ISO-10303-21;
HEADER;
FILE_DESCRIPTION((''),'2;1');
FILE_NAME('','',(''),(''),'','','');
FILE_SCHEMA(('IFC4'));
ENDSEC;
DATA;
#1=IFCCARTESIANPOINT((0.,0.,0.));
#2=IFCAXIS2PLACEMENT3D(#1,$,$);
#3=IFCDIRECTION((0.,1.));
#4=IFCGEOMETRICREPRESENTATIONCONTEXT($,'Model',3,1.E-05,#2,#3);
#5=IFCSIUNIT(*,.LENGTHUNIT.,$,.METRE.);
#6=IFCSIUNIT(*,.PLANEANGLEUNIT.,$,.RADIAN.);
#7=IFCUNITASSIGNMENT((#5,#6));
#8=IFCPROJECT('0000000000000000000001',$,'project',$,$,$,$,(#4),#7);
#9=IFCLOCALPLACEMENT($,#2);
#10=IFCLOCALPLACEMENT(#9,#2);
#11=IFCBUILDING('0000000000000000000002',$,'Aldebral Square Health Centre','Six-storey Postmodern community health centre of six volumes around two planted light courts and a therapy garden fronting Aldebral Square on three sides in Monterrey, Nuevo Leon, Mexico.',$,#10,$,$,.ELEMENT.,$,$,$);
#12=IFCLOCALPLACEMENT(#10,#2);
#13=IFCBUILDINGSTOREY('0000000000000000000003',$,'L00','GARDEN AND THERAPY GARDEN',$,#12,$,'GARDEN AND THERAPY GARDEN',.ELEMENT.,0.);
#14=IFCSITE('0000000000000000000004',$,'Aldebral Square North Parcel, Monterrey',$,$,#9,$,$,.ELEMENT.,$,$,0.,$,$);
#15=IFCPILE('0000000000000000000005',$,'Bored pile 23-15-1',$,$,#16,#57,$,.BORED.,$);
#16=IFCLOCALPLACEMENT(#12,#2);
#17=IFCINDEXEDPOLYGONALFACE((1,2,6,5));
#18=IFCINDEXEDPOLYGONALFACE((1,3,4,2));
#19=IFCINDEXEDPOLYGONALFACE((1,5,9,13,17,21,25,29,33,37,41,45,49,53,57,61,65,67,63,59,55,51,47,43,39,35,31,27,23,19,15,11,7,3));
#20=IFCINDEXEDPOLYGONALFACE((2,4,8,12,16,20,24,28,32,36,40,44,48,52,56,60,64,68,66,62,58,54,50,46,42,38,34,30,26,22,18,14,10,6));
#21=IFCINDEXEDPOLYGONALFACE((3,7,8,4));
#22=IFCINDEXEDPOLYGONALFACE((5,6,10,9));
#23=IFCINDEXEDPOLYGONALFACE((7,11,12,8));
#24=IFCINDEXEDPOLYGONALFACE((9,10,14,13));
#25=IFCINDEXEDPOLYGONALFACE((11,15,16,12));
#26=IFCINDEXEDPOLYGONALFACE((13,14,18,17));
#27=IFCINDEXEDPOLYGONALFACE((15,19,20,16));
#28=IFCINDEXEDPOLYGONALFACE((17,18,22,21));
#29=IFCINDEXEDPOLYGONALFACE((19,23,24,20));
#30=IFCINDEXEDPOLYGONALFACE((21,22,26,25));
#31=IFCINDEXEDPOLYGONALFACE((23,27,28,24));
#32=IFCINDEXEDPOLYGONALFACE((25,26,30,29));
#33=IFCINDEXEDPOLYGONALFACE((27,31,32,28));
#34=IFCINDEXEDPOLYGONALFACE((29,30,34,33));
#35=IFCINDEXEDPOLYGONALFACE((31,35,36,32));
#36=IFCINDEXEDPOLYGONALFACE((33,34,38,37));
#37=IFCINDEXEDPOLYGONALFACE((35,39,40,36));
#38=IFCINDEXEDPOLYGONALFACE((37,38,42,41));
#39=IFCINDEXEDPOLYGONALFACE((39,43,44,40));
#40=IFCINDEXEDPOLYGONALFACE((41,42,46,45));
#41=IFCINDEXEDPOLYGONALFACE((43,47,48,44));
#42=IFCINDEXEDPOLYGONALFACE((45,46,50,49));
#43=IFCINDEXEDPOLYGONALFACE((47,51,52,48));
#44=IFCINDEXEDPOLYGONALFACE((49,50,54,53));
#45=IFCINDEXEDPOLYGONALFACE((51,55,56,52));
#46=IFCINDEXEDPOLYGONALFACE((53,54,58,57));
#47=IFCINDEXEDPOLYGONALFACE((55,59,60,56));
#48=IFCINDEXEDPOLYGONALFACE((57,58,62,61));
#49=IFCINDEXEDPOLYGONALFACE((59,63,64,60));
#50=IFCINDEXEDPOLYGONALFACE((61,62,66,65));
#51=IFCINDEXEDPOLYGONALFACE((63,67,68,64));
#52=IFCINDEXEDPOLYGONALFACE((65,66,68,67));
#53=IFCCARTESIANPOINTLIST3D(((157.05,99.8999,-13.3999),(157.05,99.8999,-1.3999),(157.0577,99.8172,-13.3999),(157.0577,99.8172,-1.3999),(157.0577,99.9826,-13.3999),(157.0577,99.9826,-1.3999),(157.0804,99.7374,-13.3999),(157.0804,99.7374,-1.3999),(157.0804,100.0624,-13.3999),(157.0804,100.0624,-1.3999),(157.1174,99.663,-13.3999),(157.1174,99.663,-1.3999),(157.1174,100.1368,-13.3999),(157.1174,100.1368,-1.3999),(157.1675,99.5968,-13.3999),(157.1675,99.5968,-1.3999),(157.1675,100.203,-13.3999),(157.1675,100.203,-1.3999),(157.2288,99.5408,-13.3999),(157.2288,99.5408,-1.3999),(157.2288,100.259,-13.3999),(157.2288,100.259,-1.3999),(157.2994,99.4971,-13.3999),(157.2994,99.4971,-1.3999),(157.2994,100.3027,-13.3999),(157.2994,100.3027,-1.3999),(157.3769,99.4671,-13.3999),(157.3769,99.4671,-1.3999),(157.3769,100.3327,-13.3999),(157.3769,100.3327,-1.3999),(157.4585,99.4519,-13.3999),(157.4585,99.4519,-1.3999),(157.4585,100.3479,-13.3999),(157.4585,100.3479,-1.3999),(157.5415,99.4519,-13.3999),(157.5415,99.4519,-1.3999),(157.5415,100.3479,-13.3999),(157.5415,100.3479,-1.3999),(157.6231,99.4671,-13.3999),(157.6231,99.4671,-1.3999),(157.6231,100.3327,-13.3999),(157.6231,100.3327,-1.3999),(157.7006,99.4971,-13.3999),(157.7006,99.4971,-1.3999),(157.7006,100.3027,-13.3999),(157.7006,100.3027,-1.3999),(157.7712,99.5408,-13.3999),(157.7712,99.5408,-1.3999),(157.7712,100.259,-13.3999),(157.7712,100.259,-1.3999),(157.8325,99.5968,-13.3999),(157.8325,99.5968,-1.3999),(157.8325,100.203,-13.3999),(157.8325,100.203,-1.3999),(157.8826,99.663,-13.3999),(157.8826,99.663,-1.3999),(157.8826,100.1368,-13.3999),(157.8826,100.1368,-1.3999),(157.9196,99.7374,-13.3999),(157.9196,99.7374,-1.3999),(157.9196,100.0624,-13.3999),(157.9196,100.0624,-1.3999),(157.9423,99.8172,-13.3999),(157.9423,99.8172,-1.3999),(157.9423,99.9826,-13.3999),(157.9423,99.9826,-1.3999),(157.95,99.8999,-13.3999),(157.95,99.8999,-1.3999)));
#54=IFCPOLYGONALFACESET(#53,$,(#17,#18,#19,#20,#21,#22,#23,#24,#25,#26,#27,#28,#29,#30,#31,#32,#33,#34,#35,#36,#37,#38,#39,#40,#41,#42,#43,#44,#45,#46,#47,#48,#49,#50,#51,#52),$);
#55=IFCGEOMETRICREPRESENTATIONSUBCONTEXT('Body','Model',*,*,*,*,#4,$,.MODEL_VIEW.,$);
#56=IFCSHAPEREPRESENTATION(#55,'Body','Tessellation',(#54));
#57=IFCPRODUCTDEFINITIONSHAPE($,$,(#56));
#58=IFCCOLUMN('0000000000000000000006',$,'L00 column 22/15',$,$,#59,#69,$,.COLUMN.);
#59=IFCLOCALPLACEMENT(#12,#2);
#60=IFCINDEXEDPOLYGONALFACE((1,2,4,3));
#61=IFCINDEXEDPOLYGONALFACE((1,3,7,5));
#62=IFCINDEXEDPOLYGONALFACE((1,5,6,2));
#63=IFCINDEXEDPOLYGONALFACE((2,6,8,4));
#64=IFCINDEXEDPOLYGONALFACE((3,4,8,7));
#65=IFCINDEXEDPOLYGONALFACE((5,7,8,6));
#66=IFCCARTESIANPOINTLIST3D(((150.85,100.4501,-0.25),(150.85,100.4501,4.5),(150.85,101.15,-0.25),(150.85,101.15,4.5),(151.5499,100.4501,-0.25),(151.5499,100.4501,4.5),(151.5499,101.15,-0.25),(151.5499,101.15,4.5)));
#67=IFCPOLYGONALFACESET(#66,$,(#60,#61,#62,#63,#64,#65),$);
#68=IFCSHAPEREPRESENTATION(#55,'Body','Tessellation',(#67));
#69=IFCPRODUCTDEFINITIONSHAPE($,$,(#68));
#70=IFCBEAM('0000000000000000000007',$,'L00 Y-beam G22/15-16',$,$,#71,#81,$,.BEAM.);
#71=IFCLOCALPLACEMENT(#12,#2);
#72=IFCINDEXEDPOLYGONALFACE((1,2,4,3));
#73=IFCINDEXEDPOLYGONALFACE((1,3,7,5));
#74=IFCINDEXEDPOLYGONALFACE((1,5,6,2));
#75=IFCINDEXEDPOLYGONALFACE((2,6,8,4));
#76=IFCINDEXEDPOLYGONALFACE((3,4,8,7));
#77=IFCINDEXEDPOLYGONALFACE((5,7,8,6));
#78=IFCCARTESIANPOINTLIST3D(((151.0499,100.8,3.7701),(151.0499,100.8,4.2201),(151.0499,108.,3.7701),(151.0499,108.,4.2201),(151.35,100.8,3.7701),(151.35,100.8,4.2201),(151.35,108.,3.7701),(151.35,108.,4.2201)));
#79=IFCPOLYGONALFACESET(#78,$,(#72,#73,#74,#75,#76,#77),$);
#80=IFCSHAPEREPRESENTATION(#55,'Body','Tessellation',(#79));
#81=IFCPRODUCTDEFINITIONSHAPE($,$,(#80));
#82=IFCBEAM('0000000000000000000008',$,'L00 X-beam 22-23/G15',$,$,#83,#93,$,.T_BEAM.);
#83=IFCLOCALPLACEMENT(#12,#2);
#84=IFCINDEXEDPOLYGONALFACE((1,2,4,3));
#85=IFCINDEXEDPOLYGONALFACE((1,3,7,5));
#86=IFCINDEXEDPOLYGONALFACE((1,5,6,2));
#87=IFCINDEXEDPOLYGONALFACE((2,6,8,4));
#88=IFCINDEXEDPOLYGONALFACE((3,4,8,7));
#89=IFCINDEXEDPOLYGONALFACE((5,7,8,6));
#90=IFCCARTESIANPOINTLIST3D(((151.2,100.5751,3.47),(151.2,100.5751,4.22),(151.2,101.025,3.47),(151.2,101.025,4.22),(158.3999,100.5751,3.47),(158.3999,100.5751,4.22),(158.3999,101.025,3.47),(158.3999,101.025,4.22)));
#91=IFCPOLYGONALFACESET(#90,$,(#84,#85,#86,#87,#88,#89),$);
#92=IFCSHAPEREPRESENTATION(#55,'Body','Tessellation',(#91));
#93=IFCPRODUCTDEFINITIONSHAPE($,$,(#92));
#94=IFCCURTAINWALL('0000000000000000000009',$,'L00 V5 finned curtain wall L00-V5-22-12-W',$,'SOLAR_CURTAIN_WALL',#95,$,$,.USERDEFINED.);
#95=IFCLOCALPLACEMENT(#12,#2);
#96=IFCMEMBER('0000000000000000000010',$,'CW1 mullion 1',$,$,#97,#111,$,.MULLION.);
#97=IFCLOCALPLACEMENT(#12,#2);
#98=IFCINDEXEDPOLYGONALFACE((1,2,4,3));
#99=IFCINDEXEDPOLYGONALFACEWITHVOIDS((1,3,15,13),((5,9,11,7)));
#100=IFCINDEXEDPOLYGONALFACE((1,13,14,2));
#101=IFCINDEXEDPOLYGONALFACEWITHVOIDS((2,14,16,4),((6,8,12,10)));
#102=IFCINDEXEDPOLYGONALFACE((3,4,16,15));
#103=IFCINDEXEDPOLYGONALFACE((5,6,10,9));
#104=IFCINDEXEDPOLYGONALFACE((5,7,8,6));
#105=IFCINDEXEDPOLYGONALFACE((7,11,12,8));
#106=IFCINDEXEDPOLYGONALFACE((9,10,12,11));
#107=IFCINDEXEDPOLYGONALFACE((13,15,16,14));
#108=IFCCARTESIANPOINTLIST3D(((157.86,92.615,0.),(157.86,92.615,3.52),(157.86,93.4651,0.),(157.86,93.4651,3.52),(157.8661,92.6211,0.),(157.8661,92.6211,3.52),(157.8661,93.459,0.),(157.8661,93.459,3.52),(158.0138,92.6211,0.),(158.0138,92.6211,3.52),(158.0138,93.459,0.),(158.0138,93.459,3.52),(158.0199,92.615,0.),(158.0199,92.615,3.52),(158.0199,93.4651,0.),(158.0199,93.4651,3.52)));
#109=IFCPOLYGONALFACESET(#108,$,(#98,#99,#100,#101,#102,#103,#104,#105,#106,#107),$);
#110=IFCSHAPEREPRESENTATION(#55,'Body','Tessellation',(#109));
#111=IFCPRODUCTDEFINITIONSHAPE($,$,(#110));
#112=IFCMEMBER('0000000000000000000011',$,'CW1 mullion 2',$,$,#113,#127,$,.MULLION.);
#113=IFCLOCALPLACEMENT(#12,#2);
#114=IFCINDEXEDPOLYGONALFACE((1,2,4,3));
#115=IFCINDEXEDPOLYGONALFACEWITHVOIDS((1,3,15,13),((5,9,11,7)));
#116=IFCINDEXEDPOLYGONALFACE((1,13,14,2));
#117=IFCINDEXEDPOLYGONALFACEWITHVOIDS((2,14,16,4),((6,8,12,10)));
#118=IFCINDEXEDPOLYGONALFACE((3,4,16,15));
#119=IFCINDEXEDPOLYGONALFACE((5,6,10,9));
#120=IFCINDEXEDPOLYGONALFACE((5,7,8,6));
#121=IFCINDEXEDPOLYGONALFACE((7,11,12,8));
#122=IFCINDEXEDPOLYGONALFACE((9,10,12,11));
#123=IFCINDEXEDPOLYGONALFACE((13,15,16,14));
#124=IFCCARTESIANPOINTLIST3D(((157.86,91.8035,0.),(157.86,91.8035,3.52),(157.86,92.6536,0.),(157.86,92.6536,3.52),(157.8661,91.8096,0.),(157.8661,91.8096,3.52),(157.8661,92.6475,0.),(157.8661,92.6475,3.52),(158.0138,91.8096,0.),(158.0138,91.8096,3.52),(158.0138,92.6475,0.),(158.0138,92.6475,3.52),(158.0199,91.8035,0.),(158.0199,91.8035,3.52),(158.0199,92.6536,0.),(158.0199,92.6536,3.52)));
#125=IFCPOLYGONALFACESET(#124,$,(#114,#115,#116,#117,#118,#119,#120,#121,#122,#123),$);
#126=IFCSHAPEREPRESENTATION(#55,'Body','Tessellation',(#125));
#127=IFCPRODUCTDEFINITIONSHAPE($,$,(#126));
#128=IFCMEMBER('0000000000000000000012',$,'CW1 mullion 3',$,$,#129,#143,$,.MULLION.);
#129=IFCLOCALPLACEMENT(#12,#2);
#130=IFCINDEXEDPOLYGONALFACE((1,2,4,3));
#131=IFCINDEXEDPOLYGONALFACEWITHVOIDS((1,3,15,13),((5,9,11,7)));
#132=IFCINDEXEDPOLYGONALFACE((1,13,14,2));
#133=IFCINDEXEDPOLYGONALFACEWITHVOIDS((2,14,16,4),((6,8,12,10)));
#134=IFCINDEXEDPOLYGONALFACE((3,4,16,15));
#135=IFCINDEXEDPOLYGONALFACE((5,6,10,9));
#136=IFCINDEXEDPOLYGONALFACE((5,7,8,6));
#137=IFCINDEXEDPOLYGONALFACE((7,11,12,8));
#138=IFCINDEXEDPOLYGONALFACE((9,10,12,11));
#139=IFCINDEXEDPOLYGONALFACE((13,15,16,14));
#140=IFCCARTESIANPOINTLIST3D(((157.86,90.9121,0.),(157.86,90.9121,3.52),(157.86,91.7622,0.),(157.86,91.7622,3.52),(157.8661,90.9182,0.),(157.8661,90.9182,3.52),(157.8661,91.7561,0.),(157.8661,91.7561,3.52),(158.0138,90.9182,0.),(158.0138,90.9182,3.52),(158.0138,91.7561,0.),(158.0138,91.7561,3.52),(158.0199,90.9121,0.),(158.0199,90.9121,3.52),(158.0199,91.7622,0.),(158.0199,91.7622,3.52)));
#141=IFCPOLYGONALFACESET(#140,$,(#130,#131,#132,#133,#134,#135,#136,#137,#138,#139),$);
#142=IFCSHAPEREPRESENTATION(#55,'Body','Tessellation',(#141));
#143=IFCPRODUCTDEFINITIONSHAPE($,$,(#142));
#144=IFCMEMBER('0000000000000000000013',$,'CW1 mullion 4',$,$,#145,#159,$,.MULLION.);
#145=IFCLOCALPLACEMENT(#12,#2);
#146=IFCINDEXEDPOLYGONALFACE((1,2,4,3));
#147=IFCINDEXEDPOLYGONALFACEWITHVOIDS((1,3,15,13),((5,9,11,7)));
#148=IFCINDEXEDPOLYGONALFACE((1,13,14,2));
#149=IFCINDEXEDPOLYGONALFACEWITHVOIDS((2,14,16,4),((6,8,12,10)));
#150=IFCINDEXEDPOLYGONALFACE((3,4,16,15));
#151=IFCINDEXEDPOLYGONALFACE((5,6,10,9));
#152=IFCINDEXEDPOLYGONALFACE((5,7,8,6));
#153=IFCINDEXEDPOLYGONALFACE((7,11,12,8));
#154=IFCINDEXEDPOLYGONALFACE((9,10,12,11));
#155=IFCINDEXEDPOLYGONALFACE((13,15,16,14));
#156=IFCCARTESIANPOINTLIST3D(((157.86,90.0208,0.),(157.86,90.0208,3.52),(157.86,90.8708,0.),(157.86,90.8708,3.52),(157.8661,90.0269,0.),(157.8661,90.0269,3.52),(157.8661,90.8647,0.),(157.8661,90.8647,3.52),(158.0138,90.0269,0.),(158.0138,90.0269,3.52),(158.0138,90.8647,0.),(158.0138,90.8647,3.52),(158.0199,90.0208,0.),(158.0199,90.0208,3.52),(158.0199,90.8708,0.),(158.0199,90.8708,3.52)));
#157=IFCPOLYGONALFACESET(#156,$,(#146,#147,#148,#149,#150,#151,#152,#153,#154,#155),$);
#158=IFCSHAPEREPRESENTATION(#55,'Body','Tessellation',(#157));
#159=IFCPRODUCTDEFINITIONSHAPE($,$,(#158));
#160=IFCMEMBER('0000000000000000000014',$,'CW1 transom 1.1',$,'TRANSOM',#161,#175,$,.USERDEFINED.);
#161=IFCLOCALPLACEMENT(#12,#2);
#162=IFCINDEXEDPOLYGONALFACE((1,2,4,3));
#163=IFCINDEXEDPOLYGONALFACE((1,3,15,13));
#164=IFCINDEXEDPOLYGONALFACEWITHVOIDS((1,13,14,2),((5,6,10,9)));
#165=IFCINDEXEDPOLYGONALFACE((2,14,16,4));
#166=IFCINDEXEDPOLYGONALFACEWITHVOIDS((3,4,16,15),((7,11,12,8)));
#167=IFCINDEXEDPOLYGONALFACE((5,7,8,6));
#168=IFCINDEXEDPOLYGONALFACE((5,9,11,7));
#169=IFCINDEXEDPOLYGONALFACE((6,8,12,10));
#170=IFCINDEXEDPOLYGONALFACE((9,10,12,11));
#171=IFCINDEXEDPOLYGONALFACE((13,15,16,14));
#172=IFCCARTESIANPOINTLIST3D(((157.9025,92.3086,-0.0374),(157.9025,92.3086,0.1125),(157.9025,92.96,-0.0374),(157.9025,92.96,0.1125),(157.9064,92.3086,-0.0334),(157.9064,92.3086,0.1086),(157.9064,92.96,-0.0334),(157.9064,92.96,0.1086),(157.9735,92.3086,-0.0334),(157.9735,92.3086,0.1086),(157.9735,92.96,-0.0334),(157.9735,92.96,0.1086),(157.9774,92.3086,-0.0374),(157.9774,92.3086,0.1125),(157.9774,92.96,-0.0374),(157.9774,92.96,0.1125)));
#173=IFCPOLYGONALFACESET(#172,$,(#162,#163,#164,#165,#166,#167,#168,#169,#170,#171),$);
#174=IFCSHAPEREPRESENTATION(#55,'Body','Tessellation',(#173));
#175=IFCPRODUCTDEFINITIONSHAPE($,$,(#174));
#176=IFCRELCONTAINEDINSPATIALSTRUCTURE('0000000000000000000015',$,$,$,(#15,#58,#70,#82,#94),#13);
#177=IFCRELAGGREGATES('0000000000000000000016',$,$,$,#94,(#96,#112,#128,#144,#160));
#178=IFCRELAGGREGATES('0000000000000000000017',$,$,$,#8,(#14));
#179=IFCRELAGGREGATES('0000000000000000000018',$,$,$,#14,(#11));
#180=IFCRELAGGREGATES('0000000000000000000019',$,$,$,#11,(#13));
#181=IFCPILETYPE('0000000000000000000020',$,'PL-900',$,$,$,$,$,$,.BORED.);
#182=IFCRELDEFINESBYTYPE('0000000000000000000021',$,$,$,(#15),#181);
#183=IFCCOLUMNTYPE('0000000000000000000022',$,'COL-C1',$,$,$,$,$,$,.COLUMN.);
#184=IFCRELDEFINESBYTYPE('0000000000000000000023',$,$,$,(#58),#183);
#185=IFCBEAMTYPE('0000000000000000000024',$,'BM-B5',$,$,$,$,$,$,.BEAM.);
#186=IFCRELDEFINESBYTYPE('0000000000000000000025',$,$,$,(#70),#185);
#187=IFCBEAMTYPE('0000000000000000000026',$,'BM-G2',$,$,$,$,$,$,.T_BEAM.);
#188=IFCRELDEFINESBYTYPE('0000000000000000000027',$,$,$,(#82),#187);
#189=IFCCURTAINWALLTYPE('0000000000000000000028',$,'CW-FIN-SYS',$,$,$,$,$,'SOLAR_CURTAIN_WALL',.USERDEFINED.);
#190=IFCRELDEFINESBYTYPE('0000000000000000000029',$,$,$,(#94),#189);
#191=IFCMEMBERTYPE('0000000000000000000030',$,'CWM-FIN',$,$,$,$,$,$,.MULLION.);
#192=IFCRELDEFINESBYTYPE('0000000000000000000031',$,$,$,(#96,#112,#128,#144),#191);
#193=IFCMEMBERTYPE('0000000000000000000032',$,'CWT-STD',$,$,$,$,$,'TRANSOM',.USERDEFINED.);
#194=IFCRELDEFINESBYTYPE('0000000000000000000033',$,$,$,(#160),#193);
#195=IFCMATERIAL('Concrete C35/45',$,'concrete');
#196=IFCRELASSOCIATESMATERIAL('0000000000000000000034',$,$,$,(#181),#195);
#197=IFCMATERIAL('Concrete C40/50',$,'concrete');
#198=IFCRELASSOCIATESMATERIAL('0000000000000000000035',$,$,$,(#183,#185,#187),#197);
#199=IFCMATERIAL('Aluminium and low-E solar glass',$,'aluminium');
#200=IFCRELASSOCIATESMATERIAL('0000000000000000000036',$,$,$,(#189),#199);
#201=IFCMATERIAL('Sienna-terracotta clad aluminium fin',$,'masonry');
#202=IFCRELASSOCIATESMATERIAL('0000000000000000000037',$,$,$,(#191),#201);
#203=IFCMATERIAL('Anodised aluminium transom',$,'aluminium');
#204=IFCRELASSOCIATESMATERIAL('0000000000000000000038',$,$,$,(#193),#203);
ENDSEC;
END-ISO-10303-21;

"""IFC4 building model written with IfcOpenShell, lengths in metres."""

from ifc_helpers import new_model, si_unit, direction, frame, origin, origin_2d, place, context, subcontext, project, spatial, rectangle, hollow_rectangle, circle, extrude, material, material_profile, profile_set, type_object, element, aggregate, save


model = new_model("IFC4")

# Units and contexts
model_context = context("Model", 3, precision=1e-05, world=origin(), true_north=direction((0.0, 1.0)))
body_context = subcontext(model_context, "Body", "Model", "MODEL_VIEW")
ifc_project = project(units=[si_unit("LENGTHUNIT", "METRE"), si_unit("PLANEANGLEUNIT", "RADIAN")], contexts=[model_context])

# Site, building, storey
site_placement = place(None, origin())
site = spatial("IfcSite", under=ifc_project, at=site_placement, Name="Aldebral Square North Parcel, Monterrey", CompositionType="ELEMENT", RefElevation=0.0)
building_placement = place(site_placement, origin())
building = spatial("IfcBuilding", under=site, at=building_placement, Name="Aldebral Square Health Centre", Description="Six-storey Postmodern community health centre of six volumes around two planted light courts and a therapy garden fronting Aldebral Square on three sides in Monterrey, Nuevo Leon, Mexico.", CompositionType="ELEMENT")
storey_placement = place(building_placement, origin())
storey = spatial("IfcBuildingStorey", under=building, at=storey_placement, Name="L00", Description="GARDEN AND THERAPY GARDEN", LongName="GARDEN AND THERAPY GARDEN", CompositionType="ELEMENT", Elevation=0.0)

# Shared definitions
ifc_material_1 = material(Name="Concrete C35/45", Category="concrete")

# Pile
ifc_material_profile_1 = material_profile(ifc_material_1, circle(Radius=0.45, at=origin_2d()), Name="PILE D900")
ifc_profile_set_1 = profile_set([ifc_material_profile_1], Name="Concrete C35/45")
pile_type = type_object("IfcPileType", Name="PL-900", PredefinedType="BORED", material=ifc_profile_set_1)
for number, where, z_axis, x_axis, name in (
    (1, (157.5, 99.8999, -1.3999), (0.0, 0.0, -1.0), (1.0, 0.0, 0.0), "Bored pile 23-15-1"),
):
    element("IfcPile", number, at=place(storey_placement, frame(where, z_axis=z_axis, x_axis=x_axis)), inside=storey, type_object=pile_type, Name=name, PredefinedType="BORED", context=body_context, shape_type="SweptSolid", body=[
        extrude(circle(Radius=0.45, at=origin_2d()), origin(), (0.0, 0.0, 1.0), 12.0),
    ])

# Column
ifc_material_2 = material(Name="Concrete C40/50", Category="concrete")
ifc_material_profile_2 = material_profile(ifc_material_2, rectangle(XDim=0.7, YDim=0.7, at=origin_2d()), Name="RC 700x700")
ifc_profile_set_2 = profile_set([ifc_material_profile_2], Name="Concrete C40/50")
column_type = type_object("IfcColumnType", Name="COL-C1", PredefinedType="COLUMN", material=ifc_profile_set_2)
column_placement = place(storey_placement, frame((151.2, 100.8, -0.25), z_axis=(0.0, 0.0, 1.0), x_axis=(1.0, 0.0, 0.0)))
element("IfcColumn", 2, at=column_placement, inside=storey, type_object=column_type, Name="L00 column 22/15", PredefinedType="COLUMN", context=body_context, shape_type="SweptSolid", body=[
    extrude(rectangle(XDim=0.7, YDim=0.7, at=origin_2d()), origin(), (0.0, 0.0, 1.0), 4.75),
])

# Beams
ifc_material_profile_3 = material_profile(ifc_material_2, rectangle(XDim=0.3, YDim=0.45, at=origin_2d()), Name="RC 300x450")
ifc_profile_set_3 = profile_set([ifc_material_profile_3], Name="Concrete C40/50")
beam_type_1 = type_object("IfcBeamType", Name="BM-B5", PredefinedType="BEAM", material=ifc_profile_set_3)
beam_1_placement = place(storey_placement, frame((151.2, 100.8, 3.9951), z_axis=(0.0, 1.0, 0.0), x_axis=(-1.0, 0.0, 0.0)))
element("IfcBeam", 3, at=beam_1_placement, inside=storey, type_object=beam_type_1, Name="L00 Y-beam G22/15-16", PredefinedType="BEAM", context=body_context, shape_type="SweptSolid", body=[
    extrude(rectangle(XDim=0.3, YDim=0.45, at=origin_2d()), origin(), (0.0, 0.0, 1.0), 7.2),
])
ifc_material_profile_4 = material_profile(ifc_material_2, rectangle(XDim=0.45, YDim=0.75, at=origin_2d()), Name="RC 450x750")
ifc_profile_set_4 = profile_set([ifc_material_profile_4], Name="Concrete C40/50")
beam_type_2 = type_object("IfcBeamType", Name="BM-G2", PredefinedType="T_BEAM", material=ifc_profile_set_4)
beam_2_placement = place(storey_placement, frame((151.2, 100.8, 3.845), z_axis=(1.0, 0.0, 0.0), x_axis=(0.0, 1.0, 0.0)))
element("IfcBeam", 4, at=beam_2_placement, inside=storey, type_object=beam_type_2, Name="L00 X-beam 22-23/G15", PredefinedType="T_BEAM", context=body_context, shape_type="SweptSolid", body=[
    extrude(rectangle(XDim=0.45, YDim=0.75, at=origin_2d()), origin(), (0.0, 0.0, 1.0), 7.2),
])

# Curtain wall, members
ifc_material_3 = material(Name="Aluminium and low-E solar glass", Category="aluminium")
curtain_wall_type = type_object("IfcCurtainWallType", Name="CW-FIN-SYS", ElementType="SOLAR_CURTAIN_WALL", PredefinedType="USERDEFINED", material=ifc_material_3)
curtain_wall_placement = place(storey_placement, origin())
curtain_wall = element("IfcCurtainWall", 5, at=curtain_wall_placement, inside=storey, type_object=curtain_wall_type, Name="L00 V5 finned curtain wall L00-V5-22-12-W", ObjectType="SOLAR_CURTAIN_WALL", PredefinedType="USERDEFINED")
ifc_material_4 = material(Name="Sienna-terracotta clad aluminium fin", Category="masonry")
ifc_material_profile_5 = material_profile(ifc_material_4, hollow_rectangle(XDim=0.1599, YDim=0.8501, WallThickness=0.0061, at=origin_2d()), Name="FIN 160x850x6")
ifc_profile_set_5 = profile_set([ifc_material_profile_5], Name="Sienna-terracotta clad aluminium fin")
member_type_1 = type_object("IfcMemberType", Name="CWM-FIN", PredefinedType="MULLION", material=ifc_profile_set_5)
member_1_placement = place(storey_placement, frame((157.9399, 93.04, 0.0), z_axis=(0.0, 0.0, 1.0), x_axis=(1.0, 0.0, 0.0)))
member_1 = element("IfcMember", 6, at=member_1_placement, type_object=member_type_1, Name="CW1 mullion 1", PredefinedType="MULLION", context=body_context, shape_type="SweptSolid", body=[
    extrude(hollow_rectangle(XDim=0.1599, YDim=0.8501, WallThickness=0.0061, at=origin_2d()), origin(), (0.0, 0.0, 1.0), 3.52),
])
member_2_placement = place(storey_placement, frame((157.9399, 92.2285, 0.0), z_axis=(0.0, 0.0, 1.0), x_axis=(1.0, 0.0, 0.0)))
member_2 = element("IfcMember", 7, at=member_2_placement, type_object=member_type_1, Name="CW1 mullion 2", PredefinedType="MULLION", context=body_context, shape_type="SweptSolid", body=[
    extrude(hollow_rectangle(XDim=0.1599, YDim=0.8501, WallThickness=0.0061, at=origin_2d()), origin(), (0.0, 0.0, 1.0), 3.52),
])
member_3_placement = place(storey_placement, frame((157.9399, 91.3372, 0.0), z_axis=(0.0, 0.0, 1.0), x_axis=(1.0, 0.0, 0.0)))
member_3 = element("IfcMember", 8, at=member_3_placement, type_object=member_type_1, Name="CW1 mullion 3", PredefinedType="MULLION", context=body_context, shape_type="SweptSolid", body=[
    extrude(hollow_rectangle(XDim=0.1599, YDim=0.8501, WallThickness=0.0061, at=origin_2d()), origin(), (0.0, 0.0, 1.0), 3.52),
])
member_4_placement = place(storey_placement, frame((157.9399, 90.4458, 0.0), z_axis=(0.0, 0.0, 1.0), x_axis=(1.0, 0.0, 0.0)))
member_4 = element("IfcMember", 9, at=member_4_placement, type_object=member_type_1, Name="CW1 mullion 4", PredefinedType="MULLION", context=body_context, shape_type="SweptSolid", body=[
    extrude(hollow_rectangle(XDim=0.1599, YDim=0.8501, WallThickness=0.0061, at=origin_2d()), origin(), (0.0, 0.0, 1.0), 3.52),
])
ifc_material_5 = material(Name="Anodised aluminium transom", Category="aluminium")
ifc_material_profile_6 = material_profile(ifc_material_5, hollow_rectangle(XDim=0.075, YDim=0.1499, WallThickness=0.0039, at=origin_2d()), Name="CWT 75x150x4")
ifc_profile_set_6 = profile_set([ifc_material_profile_6], Name="Anodised aluminium transom")
member_type_2 = type_object("IfcMemberType", Name="CWT-STD", ElementType="TRANSOM", PredefinedType="USERDEFINED", material=ifc_profile_set_6)
member_5_placement = place(storey_placement, frame((157.9399, 92.96, 0.0376), z_axis=(0.0, -1.0, 0.0), x_axis=(1.0, 0.0, 0.0)))
member_5 = element("IfcMember", 10, at=member_5_placement, type_object=member_type_2, Name="CW1 transom 1.1", ObjectType="TRANSOM", PredefinedType="USERDEFINED", context=body_context, shape_type="SweptSolid", body=[
    extrude(hollow_rectangle(XDim=0.075, YDim=0.1499, WallThickness=0.0039, at=origin_2d()), origin(), (0.0, 0.0, 1.0), 0.6514),
])
aggregate(curtain_wall, [member_1, member_2, member_3, member_4, member_5])

save(model, "model.ifc")
